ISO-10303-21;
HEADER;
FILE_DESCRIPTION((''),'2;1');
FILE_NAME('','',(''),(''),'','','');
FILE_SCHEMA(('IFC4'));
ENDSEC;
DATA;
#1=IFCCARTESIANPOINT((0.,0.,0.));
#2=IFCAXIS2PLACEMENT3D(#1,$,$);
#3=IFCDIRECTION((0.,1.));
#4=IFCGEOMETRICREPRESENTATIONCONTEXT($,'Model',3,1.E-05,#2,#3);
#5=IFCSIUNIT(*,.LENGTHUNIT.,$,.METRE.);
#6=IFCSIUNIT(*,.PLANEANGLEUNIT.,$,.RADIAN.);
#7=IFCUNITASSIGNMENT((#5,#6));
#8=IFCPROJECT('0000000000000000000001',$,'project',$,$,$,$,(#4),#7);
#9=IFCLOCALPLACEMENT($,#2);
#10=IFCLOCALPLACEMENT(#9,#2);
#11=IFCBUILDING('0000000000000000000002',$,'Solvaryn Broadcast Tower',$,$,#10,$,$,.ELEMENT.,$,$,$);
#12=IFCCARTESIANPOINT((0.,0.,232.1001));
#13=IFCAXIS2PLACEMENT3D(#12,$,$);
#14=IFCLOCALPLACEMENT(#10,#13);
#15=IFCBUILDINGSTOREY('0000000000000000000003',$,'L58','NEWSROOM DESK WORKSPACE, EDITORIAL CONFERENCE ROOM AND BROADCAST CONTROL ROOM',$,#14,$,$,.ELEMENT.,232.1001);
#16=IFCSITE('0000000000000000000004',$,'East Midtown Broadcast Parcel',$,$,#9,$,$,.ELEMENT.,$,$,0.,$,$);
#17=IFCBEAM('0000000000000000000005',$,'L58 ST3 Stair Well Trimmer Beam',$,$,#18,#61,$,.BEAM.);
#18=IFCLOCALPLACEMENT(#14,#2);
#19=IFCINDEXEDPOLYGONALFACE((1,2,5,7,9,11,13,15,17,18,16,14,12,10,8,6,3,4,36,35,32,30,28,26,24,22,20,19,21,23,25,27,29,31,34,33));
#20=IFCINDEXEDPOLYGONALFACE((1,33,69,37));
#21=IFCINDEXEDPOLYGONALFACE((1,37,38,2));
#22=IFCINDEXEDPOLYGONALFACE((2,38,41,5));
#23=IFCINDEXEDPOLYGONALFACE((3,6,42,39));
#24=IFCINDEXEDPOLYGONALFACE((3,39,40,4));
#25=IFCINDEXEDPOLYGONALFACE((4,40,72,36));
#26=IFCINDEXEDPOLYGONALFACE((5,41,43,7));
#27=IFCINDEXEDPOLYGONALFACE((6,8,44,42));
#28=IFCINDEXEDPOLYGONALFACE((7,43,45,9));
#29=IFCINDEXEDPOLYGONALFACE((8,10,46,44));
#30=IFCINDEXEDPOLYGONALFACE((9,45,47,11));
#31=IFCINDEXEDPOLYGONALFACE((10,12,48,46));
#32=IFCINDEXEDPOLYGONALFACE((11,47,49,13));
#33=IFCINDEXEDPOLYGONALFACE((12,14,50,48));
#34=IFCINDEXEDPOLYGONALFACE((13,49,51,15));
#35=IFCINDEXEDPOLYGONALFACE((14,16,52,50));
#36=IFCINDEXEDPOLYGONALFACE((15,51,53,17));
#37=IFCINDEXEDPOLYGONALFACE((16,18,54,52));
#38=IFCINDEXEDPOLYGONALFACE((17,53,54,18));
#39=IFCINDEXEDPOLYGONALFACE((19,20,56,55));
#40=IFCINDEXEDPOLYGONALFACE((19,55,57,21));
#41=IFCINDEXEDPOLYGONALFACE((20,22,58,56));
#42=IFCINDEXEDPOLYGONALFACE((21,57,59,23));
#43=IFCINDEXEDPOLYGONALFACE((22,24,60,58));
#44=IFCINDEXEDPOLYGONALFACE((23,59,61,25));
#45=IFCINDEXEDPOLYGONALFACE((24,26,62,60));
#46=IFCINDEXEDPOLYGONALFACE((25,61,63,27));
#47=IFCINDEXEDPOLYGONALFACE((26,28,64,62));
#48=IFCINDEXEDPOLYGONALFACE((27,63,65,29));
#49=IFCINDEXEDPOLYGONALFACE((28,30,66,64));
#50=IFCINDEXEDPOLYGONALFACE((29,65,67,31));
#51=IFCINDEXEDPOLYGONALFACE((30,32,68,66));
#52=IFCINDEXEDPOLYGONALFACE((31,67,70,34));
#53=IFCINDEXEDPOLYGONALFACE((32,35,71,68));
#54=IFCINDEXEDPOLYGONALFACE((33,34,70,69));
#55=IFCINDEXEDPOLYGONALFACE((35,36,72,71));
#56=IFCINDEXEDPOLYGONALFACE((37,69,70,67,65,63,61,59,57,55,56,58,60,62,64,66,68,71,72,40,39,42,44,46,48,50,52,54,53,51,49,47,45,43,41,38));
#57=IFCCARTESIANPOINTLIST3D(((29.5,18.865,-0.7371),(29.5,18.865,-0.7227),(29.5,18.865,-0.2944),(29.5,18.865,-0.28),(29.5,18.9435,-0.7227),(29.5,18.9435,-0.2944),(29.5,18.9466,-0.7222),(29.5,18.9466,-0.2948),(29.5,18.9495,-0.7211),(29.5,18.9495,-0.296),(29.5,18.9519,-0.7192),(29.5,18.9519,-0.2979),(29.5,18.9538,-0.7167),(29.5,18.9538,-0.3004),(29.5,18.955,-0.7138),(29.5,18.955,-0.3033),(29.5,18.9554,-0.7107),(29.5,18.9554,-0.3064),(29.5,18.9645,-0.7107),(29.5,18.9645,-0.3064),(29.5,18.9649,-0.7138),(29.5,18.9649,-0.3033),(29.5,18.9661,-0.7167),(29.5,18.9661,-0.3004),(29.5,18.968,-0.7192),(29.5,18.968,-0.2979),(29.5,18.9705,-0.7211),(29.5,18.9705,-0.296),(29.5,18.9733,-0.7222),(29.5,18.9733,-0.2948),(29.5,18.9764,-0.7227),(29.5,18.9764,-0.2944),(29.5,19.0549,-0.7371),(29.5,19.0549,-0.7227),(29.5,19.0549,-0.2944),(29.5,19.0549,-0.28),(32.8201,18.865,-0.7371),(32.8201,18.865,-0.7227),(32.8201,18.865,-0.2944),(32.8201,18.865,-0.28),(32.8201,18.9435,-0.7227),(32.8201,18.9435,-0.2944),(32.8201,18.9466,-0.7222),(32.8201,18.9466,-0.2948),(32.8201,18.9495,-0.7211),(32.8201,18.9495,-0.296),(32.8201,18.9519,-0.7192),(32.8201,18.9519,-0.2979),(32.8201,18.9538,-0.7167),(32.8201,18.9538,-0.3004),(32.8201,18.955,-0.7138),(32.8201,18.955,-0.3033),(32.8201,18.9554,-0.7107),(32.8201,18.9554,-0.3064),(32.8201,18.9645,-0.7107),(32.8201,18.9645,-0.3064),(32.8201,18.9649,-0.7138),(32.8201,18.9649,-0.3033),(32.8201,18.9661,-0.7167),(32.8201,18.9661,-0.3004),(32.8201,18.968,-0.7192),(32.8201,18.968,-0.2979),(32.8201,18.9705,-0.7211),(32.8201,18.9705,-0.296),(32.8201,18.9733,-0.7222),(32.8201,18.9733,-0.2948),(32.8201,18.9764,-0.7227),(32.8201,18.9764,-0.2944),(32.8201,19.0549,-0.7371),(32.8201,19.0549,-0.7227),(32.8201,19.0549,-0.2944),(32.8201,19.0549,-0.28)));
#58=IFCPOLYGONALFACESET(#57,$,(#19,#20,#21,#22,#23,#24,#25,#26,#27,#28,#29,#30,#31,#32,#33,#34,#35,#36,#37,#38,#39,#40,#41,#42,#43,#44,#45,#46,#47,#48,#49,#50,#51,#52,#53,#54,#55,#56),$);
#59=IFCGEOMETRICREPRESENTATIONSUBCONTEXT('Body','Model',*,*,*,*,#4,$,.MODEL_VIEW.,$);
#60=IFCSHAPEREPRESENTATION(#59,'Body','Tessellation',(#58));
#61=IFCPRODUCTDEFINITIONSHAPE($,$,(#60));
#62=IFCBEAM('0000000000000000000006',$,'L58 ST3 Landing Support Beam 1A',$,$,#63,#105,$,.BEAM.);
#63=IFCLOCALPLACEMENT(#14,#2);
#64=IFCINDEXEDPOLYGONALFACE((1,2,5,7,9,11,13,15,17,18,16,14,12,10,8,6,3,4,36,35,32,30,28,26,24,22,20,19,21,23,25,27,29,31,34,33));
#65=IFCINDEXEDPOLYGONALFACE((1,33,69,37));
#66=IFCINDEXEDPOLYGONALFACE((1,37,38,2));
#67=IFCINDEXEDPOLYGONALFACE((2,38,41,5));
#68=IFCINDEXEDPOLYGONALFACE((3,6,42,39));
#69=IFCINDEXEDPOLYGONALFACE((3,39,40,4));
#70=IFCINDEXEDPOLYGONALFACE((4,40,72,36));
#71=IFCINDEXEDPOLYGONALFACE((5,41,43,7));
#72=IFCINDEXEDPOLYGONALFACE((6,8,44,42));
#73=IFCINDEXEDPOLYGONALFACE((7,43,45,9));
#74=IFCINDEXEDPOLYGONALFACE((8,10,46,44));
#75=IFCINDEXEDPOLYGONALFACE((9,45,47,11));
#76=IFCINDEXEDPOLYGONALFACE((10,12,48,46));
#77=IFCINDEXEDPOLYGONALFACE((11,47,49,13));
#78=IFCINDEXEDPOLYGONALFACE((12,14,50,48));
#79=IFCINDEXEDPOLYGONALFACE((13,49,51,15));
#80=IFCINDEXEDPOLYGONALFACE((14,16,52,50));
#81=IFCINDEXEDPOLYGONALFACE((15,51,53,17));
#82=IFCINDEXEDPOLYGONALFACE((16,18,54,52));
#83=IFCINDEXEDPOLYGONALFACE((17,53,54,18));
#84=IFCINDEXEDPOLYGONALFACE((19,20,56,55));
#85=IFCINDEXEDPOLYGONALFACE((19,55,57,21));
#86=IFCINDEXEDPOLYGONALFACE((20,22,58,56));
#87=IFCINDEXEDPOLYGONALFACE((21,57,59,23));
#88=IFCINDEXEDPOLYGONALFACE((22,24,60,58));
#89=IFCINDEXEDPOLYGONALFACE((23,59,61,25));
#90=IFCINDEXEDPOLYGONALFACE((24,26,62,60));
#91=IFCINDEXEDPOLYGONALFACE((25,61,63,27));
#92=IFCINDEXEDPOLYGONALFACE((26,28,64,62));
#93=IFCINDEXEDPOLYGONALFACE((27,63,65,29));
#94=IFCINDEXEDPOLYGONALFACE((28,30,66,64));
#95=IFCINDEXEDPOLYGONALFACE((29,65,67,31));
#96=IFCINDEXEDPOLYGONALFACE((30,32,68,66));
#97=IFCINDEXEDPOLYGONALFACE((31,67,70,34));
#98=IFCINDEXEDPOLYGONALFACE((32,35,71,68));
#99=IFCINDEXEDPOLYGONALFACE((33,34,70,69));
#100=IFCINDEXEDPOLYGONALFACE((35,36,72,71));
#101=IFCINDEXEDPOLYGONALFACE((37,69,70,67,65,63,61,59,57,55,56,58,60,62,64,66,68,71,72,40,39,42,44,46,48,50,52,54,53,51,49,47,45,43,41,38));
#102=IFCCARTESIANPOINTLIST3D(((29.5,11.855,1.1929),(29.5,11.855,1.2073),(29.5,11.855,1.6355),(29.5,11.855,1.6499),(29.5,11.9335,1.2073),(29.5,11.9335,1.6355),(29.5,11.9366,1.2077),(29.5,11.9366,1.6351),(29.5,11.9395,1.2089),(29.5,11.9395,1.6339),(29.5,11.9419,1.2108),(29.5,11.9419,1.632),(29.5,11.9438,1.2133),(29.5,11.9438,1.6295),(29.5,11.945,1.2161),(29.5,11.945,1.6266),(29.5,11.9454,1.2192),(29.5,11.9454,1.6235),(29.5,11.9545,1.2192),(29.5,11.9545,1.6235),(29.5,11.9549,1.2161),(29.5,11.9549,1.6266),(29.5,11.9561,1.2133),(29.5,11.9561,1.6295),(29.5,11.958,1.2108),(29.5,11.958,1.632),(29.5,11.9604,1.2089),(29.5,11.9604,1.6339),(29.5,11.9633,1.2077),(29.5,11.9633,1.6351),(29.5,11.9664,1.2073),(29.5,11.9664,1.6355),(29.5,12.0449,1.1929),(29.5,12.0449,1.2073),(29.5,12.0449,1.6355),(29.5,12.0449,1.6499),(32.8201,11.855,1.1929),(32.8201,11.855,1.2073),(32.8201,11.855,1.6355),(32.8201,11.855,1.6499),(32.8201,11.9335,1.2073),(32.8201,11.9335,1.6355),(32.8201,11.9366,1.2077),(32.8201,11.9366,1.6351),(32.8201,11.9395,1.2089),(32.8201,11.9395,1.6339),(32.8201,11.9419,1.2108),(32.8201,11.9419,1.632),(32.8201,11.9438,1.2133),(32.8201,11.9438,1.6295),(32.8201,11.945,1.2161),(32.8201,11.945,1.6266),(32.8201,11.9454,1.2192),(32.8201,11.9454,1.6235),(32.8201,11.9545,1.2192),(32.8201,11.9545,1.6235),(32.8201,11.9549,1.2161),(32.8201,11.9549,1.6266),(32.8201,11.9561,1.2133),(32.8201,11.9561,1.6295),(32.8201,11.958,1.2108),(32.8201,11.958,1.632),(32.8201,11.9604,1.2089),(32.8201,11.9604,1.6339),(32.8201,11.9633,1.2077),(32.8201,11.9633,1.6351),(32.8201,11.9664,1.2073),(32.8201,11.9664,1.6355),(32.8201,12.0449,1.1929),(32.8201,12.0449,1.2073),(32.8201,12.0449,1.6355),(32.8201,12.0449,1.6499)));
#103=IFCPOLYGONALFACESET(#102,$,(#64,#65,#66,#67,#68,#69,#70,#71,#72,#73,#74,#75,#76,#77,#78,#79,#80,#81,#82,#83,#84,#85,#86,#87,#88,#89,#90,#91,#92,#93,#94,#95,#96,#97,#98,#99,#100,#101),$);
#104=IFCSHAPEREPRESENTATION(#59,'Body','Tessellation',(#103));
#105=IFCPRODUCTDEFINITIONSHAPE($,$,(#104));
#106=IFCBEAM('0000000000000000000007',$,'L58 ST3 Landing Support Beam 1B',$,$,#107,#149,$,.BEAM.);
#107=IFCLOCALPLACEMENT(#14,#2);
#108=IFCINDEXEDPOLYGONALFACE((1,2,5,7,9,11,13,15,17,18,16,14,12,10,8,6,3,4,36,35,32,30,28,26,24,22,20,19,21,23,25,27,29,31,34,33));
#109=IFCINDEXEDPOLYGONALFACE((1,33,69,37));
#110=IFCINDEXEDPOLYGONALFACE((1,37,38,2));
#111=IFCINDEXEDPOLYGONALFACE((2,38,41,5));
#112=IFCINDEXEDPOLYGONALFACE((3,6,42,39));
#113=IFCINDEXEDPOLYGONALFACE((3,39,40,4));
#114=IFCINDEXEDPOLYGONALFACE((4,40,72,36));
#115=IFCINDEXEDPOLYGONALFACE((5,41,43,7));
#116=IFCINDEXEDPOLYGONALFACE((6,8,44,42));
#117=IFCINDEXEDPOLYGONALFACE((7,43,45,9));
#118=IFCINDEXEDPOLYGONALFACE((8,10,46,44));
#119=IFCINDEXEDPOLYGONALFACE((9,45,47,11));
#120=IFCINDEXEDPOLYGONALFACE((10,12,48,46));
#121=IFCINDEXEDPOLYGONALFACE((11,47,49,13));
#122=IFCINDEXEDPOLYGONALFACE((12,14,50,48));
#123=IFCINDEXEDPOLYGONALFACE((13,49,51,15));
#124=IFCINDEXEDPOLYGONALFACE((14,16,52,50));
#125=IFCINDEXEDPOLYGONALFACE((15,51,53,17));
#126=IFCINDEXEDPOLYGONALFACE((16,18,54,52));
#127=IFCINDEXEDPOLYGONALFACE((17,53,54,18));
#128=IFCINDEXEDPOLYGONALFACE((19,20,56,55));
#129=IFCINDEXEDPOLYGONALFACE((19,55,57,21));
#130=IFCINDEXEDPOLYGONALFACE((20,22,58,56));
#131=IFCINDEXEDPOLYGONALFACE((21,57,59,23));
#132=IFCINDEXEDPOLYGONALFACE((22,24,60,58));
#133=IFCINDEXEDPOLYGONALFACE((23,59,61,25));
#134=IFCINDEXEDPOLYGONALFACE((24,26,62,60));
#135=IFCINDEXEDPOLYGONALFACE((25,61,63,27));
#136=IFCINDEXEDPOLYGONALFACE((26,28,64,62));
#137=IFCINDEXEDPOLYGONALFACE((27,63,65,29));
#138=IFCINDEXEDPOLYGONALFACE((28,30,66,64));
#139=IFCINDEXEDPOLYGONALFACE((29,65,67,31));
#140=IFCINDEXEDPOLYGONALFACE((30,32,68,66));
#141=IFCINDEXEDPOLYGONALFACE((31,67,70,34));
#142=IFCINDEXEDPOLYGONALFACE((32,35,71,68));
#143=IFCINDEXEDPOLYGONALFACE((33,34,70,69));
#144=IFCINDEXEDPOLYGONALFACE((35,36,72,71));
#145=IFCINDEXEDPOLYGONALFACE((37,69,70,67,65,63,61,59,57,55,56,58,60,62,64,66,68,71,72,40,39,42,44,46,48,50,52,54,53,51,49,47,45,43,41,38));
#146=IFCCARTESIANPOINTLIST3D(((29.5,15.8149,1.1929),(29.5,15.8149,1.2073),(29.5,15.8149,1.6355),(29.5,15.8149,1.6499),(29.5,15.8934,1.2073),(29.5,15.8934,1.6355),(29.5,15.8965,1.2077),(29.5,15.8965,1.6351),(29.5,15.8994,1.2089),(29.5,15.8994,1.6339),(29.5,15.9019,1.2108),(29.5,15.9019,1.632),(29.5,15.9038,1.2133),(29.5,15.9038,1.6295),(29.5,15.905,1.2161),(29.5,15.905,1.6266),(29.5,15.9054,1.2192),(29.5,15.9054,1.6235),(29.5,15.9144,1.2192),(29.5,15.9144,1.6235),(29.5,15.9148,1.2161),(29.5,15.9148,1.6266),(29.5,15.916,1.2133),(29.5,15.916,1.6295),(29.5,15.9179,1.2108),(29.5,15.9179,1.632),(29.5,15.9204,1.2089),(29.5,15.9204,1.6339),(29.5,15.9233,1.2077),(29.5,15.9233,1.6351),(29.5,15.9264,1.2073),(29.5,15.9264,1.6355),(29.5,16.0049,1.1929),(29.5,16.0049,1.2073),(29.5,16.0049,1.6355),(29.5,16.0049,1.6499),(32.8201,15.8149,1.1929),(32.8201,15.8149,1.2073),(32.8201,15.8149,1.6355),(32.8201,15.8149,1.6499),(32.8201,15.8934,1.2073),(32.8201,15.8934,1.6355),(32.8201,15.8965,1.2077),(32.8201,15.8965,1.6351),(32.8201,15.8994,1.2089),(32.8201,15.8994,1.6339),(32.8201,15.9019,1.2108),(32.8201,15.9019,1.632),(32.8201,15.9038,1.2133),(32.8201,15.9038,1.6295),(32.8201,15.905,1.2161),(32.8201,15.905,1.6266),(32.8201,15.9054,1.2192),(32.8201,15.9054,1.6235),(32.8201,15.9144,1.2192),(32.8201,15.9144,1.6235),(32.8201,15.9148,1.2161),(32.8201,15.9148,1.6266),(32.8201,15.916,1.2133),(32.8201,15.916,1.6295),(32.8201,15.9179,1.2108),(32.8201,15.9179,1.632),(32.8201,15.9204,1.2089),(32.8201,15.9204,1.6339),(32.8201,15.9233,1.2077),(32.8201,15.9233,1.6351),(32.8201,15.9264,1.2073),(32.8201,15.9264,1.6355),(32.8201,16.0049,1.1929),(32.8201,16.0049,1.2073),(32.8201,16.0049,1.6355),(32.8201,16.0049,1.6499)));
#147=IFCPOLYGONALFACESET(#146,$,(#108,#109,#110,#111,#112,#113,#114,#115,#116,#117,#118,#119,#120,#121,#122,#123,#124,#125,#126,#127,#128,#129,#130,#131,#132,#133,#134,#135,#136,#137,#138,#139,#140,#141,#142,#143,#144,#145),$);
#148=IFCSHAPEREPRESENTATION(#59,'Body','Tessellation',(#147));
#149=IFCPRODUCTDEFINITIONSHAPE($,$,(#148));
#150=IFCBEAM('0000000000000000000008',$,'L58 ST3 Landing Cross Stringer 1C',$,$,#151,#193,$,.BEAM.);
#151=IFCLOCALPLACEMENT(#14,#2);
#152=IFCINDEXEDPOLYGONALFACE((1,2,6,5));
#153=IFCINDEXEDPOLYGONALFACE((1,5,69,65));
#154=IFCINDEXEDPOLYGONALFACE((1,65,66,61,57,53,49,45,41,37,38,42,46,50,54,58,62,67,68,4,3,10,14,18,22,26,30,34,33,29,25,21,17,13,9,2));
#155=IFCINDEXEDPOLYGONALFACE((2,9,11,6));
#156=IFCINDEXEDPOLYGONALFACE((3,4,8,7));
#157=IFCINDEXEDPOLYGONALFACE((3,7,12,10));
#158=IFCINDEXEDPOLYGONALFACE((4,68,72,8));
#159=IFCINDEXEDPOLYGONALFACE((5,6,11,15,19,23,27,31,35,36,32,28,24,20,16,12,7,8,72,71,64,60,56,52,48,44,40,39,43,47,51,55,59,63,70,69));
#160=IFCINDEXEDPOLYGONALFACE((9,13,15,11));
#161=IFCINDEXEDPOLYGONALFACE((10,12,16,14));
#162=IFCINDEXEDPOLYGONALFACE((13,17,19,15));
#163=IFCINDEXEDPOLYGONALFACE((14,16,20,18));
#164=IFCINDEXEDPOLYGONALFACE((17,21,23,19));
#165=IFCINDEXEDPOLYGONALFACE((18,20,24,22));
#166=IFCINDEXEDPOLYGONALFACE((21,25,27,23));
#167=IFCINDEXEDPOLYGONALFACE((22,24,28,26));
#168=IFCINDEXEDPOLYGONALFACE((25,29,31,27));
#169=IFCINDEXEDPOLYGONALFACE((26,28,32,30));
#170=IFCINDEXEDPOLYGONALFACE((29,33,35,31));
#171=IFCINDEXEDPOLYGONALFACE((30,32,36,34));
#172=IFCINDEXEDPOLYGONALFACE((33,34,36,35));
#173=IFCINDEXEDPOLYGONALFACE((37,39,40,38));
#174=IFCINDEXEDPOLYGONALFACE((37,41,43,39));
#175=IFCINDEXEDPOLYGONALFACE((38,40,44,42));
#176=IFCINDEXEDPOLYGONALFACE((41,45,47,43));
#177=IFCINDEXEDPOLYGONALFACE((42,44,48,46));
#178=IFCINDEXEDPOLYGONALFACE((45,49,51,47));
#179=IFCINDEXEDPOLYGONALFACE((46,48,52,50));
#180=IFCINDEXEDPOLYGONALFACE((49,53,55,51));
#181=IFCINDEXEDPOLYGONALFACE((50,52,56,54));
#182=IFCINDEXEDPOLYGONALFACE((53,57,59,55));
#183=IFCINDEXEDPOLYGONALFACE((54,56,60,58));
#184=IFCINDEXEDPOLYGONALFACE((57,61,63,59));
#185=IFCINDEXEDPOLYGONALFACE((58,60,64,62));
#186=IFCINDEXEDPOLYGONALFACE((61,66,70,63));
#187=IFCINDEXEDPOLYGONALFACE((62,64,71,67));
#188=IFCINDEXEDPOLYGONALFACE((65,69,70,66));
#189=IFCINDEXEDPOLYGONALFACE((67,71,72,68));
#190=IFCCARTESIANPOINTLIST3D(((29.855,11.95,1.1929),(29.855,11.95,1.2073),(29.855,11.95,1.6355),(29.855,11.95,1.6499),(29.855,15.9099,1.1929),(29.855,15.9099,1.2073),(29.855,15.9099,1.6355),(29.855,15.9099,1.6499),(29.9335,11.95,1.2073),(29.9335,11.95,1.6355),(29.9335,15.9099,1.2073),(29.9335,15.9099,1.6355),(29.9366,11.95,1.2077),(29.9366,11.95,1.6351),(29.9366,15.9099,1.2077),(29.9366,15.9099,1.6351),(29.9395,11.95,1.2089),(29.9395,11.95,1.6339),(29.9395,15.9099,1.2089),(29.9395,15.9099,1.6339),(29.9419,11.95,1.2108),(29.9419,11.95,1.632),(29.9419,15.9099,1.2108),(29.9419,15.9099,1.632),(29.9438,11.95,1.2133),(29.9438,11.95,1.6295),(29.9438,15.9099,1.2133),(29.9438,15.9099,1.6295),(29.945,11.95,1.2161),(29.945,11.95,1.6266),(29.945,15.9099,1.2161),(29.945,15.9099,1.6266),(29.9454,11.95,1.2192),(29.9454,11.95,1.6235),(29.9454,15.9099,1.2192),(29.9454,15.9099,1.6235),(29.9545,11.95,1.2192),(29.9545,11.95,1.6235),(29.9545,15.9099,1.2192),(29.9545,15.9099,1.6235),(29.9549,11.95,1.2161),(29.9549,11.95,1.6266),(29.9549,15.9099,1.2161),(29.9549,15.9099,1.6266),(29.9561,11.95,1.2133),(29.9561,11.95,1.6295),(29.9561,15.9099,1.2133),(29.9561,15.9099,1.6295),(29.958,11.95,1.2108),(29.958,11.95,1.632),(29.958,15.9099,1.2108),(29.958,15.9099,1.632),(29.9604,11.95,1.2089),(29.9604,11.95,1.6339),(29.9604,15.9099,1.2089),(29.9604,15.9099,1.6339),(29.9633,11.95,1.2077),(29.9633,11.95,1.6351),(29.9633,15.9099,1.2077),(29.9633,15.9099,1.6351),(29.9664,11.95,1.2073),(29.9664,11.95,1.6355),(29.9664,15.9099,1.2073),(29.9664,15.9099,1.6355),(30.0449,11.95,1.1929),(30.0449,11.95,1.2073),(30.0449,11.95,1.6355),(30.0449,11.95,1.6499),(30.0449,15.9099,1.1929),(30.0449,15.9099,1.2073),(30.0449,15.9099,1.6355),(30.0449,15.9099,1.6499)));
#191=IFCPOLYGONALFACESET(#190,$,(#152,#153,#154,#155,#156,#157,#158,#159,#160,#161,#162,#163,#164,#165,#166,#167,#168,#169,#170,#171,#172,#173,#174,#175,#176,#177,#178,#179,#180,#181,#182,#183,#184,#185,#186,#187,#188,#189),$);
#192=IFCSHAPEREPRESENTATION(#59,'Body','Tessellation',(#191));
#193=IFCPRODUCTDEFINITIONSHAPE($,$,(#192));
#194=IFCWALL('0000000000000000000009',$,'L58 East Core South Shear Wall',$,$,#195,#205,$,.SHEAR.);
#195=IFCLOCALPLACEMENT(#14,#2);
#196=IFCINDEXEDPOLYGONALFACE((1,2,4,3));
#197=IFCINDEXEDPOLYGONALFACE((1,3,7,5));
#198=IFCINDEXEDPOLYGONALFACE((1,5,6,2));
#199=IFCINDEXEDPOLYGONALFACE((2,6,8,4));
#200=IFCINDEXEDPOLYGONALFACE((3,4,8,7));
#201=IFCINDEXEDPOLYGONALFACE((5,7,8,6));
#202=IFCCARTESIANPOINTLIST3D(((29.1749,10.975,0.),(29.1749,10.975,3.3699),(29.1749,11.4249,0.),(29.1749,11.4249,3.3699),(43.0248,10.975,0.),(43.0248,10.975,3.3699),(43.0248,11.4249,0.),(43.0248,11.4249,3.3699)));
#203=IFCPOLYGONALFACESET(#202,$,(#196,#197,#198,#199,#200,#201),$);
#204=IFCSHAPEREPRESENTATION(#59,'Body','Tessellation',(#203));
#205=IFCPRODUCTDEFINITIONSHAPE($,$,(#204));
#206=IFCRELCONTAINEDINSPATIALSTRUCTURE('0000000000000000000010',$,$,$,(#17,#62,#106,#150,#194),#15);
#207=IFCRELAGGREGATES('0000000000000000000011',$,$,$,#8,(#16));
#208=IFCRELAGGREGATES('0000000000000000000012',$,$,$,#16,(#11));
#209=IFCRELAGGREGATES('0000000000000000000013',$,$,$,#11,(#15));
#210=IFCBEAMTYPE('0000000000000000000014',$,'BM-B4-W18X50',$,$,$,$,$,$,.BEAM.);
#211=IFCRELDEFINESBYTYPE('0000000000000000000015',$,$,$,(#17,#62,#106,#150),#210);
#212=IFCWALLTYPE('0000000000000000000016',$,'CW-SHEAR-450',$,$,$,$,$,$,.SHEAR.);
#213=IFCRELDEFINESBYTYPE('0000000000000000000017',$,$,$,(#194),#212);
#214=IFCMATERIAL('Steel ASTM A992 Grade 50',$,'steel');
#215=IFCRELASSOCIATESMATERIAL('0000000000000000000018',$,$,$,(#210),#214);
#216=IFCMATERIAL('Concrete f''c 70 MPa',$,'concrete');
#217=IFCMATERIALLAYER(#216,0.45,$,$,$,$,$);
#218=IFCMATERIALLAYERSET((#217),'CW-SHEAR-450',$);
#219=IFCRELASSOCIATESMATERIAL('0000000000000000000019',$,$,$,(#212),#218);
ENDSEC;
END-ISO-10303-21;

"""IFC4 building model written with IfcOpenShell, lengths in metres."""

from ifc_helpers import new_model, si_unit, direction, frame, frame_2d, origin, origin_2d, place, context, subcontext, project, spatial, rectangle, i_section, extrude, material, layer, layer_set, material_profile, profile_set, type_object, element, save


model = new_model("IFC4")

# Units and contexts
model_context = context("Model", 3, precision=1e-05, world=origin(), true_north=direction((0.0, 1.0)))
body_context = subcontext(model_context, "Body", "Model", "MODEL_VIEW")
ifc_project = project(units=[si_unit("LENGTHUNIT", "METRE"), si_unit("PLANEANGLEUNIT", "RADIAN")], contexts=[model_context])

# Site, building, storey
site_placement = place(None, origin())
site = spatial("IfcSite", under=ifc_project, at=site_placement, Name="East Midtown Broadcast Parcel", CompositionType="ELEMENT", RefElevation=0.0)
building_placement = place(site_placement, origin())
building = spatial("IfcBuilding", under=site, at=building_placement, Name="Solvaryn Broadcast Tower", CompositionType="ELEMENT")
storey_placement = place(building_placement, frame((0.0, 0.0, 232.1001)))
storey = spatial("IfcBuildingStorey", under=building, at=storey_placement, Name="L58", Description="NEWSROOM DESK WORKSPACE, EDITORIAL CONFERENCE ROOM AND BROADCAST CONTROL ROOM", CompositionType="ELEMENT", Elevation=232.1001)

# Beams
ifc_material_1 = material(Name="Steel ASTM A992 Grade 50", Category="steel")
ifc_material_profile_1 = material_profile(ifc_material_1, i_section(OverallWidth=0.1899, OverallDepth=0.457, WebThickness=0.009, FlangeThickness=0.0144, FilletRadius=0.012, at=origin_2d()))
ifc_profile_set_1 = profile_set([ifc_material_profile_1], Name="Steel ASTM A992 Grade 50")
beam_type_1 = type_object("IfcBeamType", Name="BM-B4-W18X50", PredefinedType="BEAM", material=ifc_profile_set_1)
for number, where, z_axis, x_axis, name in (
    (1, (29.5, 18.96, -0.5085), (1.0, 0.0, 0.0), (0.0, 1.0, 0.0), "L58 ST3 Stair Well Trimmer Beam"),
    (2, (29.5, 11.95, 1.4214), (1.0, 0.0, 0.0), (0.0, 1.0, 0.0), "L58 ST3 Landing Support Beam 1A"),
    (3, (29.5, 15.9099, 1.4214), (1.0, 0.0, 0.0), (0.0, 1.0, 0.0), "L58 ST3 Landing Support Beam 1B"),
):
    element("IfcBeam", number, at=place(storey_placement, frame(where, z_axis=z_axis, x_axis=x_axis)), inside=storey, type_object=beam_type_1, Name=name, PredefinedType="BEAM", context=body_context, shape_type="SweptSolid", body=[
        extrude(i_section(OverallWidth=0.1899, OverallDepth=0.457, WebThickness=0.009, FlangeThickness=0.0144, FilletRadius=0.012, at=origin_2d()), origin(), (0.0, 0.0, 1.0), 3.3201),
    ])
beam_1_placement = place(storey_placement, frame((29.95, 11.95, 1.4214), z_axis=(0.0, 1.0, 0.0), x_axis=(-1.0, 0.0, 0.0)))
element("IfcBeam", 4, at=beam_1_placement, inside=storey, type_object=beam_type_1, Name="L58 ST3 Landing Cross Stringer 1C", PredefinedType="BEAM", context=body_context, shape_type="SweptSolid", body=[
    extrude(i_section(OverallWidth=0.1899, OverallDepth=0.457, WebThickness=0.009, FlangeThickness=0.0144, FilletRadius=0.012, at=origin_2d()), origin(), (0.0, 0.0, 1.0), 3.96),
])

# Wall
ifc_material_2 = material(Name="Concrete f'c 70 MPa", Category="concrete")
ifc_layer_1 = layer(ifc_material_2, 0.45)
ifc_layer_set_1 = layer_set([ifc_layer_1], Name="CW-SHEAR-450")
wall_type_1 = type_object("IfcWallType", Name="CW-SHEAR-450", PredefinedType="SHEAR", material=ifc_layer_set_1)
wall_1_placement = place(storey_placement, frame((29.175, 11.2, 0.0), z_axis=(0.0, 0.0, 1.0), x_axis=(1.0, 0.0, 0.0)))
element("IfcWall", 5, at=wall_1_placement, inside=storey, type_object=wall_type_1, Name="L58 East Core South Shear Wall", PredefinedType="SHEAR", context=body_context, shape_type="SweptSolid", body=[
    extrude(rectangle(XDim=13.8499, YDim=0.45, at=frame_2d((6.9248, 0.0))), origin(), (0.0, 0.0, 1.0), 3.3699),
])

save(model, "model.ifc")
